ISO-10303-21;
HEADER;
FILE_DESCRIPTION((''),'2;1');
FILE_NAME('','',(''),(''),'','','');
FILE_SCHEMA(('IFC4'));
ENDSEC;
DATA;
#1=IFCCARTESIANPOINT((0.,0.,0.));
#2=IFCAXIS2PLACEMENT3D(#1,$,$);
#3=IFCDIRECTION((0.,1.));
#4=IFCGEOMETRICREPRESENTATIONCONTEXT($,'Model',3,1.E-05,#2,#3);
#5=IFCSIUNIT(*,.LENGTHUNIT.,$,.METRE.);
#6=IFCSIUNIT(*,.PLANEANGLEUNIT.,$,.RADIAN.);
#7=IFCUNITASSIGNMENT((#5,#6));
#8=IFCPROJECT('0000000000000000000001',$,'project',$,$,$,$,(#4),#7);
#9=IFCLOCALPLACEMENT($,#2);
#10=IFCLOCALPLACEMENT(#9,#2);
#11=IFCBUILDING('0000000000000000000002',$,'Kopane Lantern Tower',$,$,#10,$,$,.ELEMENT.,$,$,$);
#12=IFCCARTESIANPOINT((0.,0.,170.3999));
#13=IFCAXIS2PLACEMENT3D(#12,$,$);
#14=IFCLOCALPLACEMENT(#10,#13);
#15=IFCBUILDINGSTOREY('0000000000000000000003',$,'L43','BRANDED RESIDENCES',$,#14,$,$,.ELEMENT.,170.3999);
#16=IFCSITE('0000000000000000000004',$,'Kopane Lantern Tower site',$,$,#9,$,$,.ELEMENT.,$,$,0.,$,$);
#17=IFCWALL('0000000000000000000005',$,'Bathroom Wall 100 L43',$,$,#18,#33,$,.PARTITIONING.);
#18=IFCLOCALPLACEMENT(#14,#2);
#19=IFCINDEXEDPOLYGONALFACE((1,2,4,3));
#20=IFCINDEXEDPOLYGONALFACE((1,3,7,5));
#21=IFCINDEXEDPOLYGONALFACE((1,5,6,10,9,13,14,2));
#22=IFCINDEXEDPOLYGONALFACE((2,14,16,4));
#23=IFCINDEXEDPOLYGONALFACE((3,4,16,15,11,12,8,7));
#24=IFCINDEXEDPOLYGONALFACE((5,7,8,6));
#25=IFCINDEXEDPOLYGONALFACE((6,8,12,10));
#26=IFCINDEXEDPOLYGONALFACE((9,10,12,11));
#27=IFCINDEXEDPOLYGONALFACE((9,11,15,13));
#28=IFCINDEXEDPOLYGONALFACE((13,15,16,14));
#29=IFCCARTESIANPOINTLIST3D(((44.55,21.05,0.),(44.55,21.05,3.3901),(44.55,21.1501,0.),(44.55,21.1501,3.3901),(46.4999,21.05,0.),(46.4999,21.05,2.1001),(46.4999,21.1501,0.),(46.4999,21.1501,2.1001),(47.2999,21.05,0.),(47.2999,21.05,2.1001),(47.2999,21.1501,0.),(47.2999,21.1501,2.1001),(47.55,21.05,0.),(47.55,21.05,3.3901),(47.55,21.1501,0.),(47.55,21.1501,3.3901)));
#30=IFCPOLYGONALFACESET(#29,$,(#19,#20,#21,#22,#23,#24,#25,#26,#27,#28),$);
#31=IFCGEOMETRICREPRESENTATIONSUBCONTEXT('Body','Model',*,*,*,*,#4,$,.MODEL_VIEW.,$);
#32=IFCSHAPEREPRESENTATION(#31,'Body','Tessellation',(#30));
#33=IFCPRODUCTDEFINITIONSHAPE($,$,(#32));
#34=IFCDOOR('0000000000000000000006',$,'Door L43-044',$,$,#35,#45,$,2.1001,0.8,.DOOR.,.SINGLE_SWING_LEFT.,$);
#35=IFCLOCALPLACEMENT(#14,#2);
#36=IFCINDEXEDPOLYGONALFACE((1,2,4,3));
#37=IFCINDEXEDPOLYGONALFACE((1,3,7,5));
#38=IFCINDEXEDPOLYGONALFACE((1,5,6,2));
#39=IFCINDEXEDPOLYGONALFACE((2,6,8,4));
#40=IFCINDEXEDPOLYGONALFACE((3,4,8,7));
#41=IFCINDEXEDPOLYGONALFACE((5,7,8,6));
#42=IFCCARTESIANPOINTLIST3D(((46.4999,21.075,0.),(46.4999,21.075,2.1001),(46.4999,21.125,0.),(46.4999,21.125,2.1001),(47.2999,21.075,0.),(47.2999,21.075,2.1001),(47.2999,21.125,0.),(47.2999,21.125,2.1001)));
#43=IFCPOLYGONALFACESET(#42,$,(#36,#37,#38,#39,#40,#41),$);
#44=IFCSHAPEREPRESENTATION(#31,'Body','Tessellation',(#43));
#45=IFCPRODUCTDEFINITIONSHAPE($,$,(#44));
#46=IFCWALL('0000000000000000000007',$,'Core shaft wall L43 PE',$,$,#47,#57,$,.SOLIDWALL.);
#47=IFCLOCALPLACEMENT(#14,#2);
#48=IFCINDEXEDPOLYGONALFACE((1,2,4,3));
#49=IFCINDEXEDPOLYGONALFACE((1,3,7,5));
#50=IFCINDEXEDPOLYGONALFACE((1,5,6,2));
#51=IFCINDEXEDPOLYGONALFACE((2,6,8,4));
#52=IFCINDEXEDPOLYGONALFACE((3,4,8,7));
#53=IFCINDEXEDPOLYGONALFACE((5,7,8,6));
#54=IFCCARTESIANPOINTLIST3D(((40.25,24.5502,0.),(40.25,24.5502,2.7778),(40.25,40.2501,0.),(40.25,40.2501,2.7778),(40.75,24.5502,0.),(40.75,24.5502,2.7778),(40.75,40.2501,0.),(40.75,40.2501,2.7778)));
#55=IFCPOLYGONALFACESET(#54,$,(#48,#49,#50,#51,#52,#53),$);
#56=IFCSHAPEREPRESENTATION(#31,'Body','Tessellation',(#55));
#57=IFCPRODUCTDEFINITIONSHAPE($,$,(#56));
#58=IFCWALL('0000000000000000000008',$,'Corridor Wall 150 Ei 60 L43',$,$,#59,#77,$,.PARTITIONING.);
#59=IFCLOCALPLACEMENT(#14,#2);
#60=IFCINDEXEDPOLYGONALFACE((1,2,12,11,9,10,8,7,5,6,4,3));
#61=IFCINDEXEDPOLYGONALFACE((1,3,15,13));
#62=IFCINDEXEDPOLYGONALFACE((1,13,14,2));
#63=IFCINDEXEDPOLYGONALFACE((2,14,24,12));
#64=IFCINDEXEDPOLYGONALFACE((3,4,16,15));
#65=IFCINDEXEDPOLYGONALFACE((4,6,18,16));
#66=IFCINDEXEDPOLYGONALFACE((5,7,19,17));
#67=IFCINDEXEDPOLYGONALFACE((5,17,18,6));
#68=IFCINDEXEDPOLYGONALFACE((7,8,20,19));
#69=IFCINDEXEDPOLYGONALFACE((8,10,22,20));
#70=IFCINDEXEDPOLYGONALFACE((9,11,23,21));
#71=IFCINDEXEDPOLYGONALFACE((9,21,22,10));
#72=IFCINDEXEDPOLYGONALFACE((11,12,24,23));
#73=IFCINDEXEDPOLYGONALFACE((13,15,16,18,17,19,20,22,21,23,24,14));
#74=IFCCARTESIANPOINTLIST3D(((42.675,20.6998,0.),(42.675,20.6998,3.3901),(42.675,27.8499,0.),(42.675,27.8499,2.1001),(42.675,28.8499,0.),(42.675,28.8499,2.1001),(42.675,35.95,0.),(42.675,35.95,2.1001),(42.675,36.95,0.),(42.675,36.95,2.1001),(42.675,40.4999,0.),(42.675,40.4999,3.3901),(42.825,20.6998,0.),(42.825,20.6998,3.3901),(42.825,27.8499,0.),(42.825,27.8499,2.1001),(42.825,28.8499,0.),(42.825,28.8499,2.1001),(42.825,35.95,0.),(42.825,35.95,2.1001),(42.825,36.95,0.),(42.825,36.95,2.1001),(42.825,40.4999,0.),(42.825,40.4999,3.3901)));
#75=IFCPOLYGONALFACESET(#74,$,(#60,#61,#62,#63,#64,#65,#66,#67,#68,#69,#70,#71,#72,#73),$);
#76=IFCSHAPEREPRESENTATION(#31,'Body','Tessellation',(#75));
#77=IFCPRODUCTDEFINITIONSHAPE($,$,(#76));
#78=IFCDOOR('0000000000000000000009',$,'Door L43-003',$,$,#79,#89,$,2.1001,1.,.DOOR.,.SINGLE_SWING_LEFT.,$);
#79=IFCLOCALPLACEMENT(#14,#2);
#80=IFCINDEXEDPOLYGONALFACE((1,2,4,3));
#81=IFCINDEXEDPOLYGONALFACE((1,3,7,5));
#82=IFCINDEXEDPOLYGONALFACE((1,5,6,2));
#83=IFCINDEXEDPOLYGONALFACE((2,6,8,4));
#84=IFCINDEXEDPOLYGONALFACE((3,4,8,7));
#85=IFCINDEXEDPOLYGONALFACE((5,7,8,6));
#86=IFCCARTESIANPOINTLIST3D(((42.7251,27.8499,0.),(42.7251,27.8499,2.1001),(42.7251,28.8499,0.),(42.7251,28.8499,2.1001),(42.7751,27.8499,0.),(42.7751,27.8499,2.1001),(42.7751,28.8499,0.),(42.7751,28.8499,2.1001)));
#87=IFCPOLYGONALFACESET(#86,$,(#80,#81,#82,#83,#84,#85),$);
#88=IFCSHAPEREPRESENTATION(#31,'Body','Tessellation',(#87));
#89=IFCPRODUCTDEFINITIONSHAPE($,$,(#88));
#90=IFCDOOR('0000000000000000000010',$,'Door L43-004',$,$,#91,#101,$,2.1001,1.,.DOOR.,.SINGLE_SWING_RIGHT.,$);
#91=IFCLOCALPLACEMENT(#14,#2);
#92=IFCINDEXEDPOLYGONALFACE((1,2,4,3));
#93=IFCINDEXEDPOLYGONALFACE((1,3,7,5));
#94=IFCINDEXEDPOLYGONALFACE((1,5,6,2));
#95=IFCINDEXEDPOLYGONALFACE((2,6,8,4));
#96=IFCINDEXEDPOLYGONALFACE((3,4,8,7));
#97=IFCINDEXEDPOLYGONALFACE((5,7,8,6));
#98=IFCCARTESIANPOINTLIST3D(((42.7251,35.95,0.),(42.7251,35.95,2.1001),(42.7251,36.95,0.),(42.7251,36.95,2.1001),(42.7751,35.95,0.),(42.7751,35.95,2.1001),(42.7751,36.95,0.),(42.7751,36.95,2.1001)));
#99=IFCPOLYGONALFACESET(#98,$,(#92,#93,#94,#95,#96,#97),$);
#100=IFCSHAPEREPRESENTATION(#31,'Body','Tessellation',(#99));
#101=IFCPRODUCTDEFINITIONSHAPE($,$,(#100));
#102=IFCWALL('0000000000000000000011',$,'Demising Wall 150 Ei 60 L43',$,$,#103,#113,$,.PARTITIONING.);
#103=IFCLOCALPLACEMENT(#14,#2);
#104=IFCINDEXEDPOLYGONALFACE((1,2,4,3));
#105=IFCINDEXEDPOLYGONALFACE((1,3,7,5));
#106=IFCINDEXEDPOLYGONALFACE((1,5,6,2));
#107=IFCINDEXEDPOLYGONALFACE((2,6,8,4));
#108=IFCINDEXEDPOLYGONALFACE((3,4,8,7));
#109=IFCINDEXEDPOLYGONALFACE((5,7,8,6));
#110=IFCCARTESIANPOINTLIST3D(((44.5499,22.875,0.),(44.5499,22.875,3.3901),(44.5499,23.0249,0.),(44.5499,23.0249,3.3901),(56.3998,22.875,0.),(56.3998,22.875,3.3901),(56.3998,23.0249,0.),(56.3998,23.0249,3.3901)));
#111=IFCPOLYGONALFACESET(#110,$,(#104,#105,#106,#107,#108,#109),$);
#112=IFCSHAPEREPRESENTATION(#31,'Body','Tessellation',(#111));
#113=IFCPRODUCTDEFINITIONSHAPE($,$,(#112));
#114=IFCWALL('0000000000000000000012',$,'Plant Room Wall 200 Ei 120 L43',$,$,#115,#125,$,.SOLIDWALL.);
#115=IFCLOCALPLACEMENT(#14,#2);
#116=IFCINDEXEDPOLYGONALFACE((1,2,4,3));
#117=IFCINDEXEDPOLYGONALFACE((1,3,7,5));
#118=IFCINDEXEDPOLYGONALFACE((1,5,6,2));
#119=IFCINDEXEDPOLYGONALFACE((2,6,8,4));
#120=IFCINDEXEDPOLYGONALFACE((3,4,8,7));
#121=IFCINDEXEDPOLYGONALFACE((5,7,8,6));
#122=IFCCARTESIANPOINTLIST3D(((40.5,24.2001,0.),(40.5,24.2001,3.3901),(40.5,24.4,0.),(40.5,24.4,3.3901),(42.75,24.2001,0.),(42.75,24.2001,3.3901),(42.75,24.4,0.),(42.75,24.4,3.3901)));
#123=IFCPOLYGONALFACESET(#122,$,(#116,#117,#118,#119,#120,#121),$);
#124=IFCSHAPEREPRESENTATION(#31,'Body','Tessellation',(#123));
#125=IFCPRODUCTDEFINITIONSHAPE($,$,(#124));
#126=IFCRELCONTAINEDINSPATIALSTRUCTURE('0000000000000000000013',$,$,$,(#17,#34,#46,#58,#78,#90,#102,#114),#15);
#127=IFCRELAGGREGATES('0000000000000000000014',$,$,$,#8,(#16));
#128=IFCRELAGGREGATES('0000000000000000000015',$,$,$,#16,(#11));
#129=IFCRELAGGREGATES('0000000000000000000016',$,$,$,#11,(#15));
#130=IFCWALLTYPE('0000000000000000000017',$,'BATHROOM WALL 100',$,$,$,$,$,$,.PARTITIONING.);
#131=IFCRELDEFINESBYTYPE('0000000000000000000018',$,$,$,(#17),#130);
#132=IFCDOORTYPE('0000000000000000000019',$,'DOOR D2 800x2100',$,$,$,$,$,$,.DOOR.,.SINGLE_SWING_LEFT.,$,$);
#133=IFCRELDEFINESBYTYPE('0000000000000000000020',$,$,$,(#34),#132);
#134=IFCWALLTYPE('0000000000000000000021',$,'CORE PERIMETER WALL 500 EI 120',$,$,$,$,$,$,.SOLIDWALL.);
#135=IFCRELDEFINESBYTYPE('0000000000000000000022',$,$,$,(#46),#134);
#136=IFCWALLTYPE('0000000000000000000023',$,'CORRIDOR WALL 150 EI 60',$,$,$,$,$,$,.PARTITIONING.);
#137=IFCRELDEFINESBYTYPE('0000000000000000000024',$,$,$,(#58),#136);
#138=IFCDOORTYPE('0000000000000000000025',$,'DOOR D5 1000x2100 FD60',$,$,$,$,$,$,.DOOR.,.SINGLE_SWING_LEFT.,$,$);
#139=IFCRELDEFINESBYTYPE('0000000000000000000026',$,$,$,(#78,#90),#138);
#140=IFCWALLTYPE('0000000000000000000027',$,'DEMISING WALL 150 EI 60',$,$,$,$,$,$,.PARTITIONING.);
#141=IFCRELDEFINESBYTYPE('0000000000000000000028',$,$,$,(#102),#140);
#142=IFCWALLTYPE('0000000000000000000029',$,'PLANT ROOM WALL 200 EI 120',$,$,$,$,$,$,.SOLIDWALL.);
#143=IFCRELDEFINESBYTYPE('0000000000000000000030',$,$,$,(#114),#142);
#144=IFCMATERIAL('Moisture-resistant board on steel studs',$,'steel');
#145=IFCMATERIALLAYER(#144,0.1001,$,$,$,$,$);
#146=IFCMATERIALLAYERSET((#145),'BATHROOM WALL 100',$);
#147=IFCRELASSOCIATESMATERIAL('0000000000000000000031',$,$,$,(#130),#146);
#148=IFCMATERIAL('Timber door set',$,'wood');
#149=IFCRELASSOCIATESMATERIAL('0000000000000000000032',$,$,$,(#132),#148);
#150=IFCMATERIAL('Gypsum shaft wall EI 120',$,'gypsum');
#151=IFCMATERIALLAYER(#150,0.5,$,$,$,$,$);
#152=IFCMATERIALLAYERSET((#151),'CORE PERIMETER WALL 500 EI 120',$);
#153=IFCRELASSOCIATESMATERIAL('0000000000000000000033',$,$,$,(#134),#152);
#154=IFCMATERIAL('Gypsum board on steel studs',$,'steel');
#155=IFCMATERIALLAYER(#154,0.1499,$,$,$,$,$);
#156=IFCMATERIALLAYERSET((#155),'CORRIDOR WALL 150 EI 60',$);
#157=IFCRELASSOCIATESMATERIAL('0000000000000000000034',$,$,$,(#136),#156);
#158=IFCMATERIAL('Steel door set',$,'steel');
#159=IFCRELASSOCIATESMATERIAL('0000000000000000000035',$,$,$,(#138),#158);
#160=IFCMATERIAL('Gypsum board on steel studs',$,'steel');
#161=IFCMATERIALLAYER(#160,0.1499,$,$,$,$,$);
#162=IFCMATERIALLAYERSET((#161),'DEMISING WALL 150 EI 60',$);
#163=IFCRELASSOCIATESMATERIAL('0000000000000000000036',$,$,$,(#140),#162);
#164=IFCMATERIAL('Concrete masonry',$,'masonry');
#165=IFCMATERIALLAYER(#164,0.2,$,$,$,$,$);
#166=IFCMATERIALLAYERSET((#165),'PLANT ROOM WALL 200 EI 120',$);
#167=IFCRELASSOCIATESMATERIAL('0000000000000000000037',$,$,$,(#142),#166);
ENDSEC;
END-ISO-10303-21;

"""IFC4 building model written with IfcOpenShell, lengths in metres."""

from ifc_helpers import new_model, si_unit, direction, frame, frame_2d, origin, place, context, subcontext, project, spatial, rectangle, extrude, material, layer, layer_set, type_object, element, fill, save


model = new_model("IFC4")

# Units and contexts
model_context = context("Model", 3, precision=1e-05, world=origin(), true_north=direction((0.0, 1.0)))
body_context = subcontext(model_context, "Body", "Model", "MODEL_VIEW")
ifc_project = project(units=[si_unit("LENGTHUNIT", "METRE"), si_unit("PLANEANGLEUNIT", "RADIAN")], contexts=[model_context])

# Site, building, storey
site_placement = place(None, origin())
site = spatial("IfcSite", under=ifc_project, at=site_placement, Name="Kopane Lantern Tower site", CompositionType="ELEMENT", RefElevation=0.0)
building_placement = place(site_placement, origin())
building = spatial("IfcBuilding", under=site, at=building_placement, Name="Kopane Lantern Tower", CompositionType="ELEMENT")
storey_placement = place(building_placement, frame((0.0, 0.0, 170.3999)))
storey = spatial("IfcBuildingStorey", under=building, at=storey_placement, Name="L43", Description="BRANDED RESIDENCES", CompositionType="ELEMENT", Elevation=170.3999)

# Wall, opening, door
ifc_material_1 = material(Name="Moisture-resistant board on steel studs", Category="steel")
ifc_layer_1 = layer(ifc_material_1, 0.1001)
ifc_layer_set_1 = layer_set([ifc_layer_1], Name="BATHROOM WALL 100")
wall_type_1 = type_object("IfcWallType", Name="BATHROOM WALL 100", PredefinedType="PARTITIONING", material=ifc_layer_set_1)
wall_1_placement = place(storey_placement, frame((44.55, 21.1001, 0.0), z_axis=(0.0, 0.0, 1.0), x_axis=(1.0, 0.0, 0.0)))
wall_1 = element("IfcWall", 1, at=wall_1_placement, inside=storey, type_object=wall_type_1, Name="Bathroom Wall 100 L43", PredefinedType="PARTITIONING", context=body_context, shape_type="SweptSolid", body=[
    extrude(rectangle(XDim=3.0, YDim=0.1001, at=frame_2d((1.5, 0.0))), origin(), (0.0, 0.0, 1.0), 3.3901),
])
opening_1_placement = place(wall_1_placement, frame((1.95, 0.0, 0.0)))
opening_1 = element("IfcOpeningElement", 2, at=opening_1_placement, cuts=wall_1, PredefinedType="OPENING", context=body_context, shape_type="SweptSolid", body=[
    extrude(rectangle(XDim=0.8, YDim=2.1001, at=frame_2d((0.3999, 1.05))), frame((0.0, 0.0601, 0.0), z_axis=(0.0, -1.0, 0.0), x_axis=(1.0, 0.0, 0.0)), (0.0, 0.0, 1.0), 0.1201),
])
ifc_material_2 = material(Name="Timber door set", Category="wood")
door_type_1 = type_object("IfcDoorType", Name="DOOR D2 800x2100", OperationType="SINGLE_SWING_LEFT", PredefinedType="DOOR", material=ifc_material_2)
door_1_placement = place(opening_1_placement, origin())
door_1 = element("IfcDoor", 3, at=door_1_placement, inside=storey, type_object=door_type_1, Name="Door L43-044", OperationType="SINGLE_SWING_LEFT", OverallHeight=2.1001, OverallWidth=0.8, PredefinedType="DOOR", context=body_context, shape_type="SweptSolid", body=[
    extrude(rectangle(XDim=0.8, YDim=2.1001, at=frame_2d((0.3999, 1.05))), frame((0.0, 0.0249, 0.0), z_axis=(0.0, -1.0, 0.0), x_axis=(1.0, 0.0, 0.0)), (0.0, 0.0, 1.0), 0.05),
])
fill(opening_1, door_1)

# Wall
ifc_material_3 = material(Name="Gypsum shaft wall EI 120", Category="gypsum")
ifc_layer_2 = layer(ifc_material_3, 0.5)
ifc_layer_set_2 = layer_set([ifc_layer_2], Name="CORE PERIMETER WALL 500 EI 120")
wall_type_2 = type_object("IfcWallType", Name="CORE PERIMETER WALL 500 EI 120", PredefinedType="SOLIDWALL", material=ifc_layer_set_2)
wall_2_placement = place(storey_placement, frame((40.5, 24.55, 0.0), z_axis=(0.0, 0.0, 1.0), x_axis=(0.0, 1.0, 0.0)))
element("IfcWall", 4, at=wall_2_placement, inside=storey, type_object=wall_type_2, Name="Core shaft wall L43 PE", PredefinedType="SOLIDWALL", context=body_context, shape_type="SweptSolid", body=[
    extrude(rectangle(XDim=15.7, YDim=0.5, at=frame_2d((7.8501, 0.0))), origin(), (0.0, 0.0, 1.0), 2.7778),
])

# Wall, openings, doors
ifc_material_4 = material(Name="Gypsum board on steel studs", Category="steel")
ifc_layer_3 = layer(ifc_material_4, 0.1499)
ifc_layer_set_3 = layer_set([ifc_layer_3], Name="CORRIDOR WALL 150 EI 60")
wall_type_3 = type_object("IfcWallType", Name="CORRIDOR WALL 150 EI 60", PredefinedType="PARTITIONING", material=ifc_layer_set_3)
wall_3_placement = place(storey_placement, frame((42.75, 20.7, 0.0), z_axis=(0.0, 0.0, 1.0), x_axis=(0.0, 1.0, 0.0)))
wall_3 = element("IfcWall", 5, at=wall_3_placement, inside=storey, type_object=wall_type_3, Name="Corridor Wall 150 Ei 60 L43", PredefinedType="PARTITIONING", context=body_context, shape_type="SweptSolid", body=[
    extrude(rectangle(XDim=19.8, YDim=0.1499, at=frame_2d((9.8999, 0.0))), origin(), (0.0, 0.0, 1.0), 3.3901),
])
opening_2_placement = place(wall_3_placement, frame((7.1499, 0.0, 0.0)))
opening_2 = element("IfcOpeningElement", 6, at=opening_2_placement, cuts=wall_3, PredefinedType="OPENING", context=body_context, shape_type="SweptSolid", body=[
    extrude(rectangle(XDim=1.0, YDim=2.1001, at=frame_2d((0.5, 1.05))), frame((0.0, 0.085, 0.0), z_axis=(0.0, -1.0, 0.0), x_axis=(1.0, 0.0, 0.0)), (0.0, 0.0, 1.0), 0.1699),
])
opening_3_placement = place(wall_3_placement, frame((15.25, 0.0, 0.0)))
opening_3 = element("IfcOpeningElement", 7, at=opening_3_placement, cuts=wall_3, PredefinedType="OPENING", context=body_context, shape_type="SweptSolid", body=[
    extrude(rectangle(XDim=1.0, YDim=2.1001, at=frame_2d((0.5, 1.05))), frame((0.0, 0.085, 0.0), z_axis=(0.0, -1.0, 0.0), x_axis=(1.0, 0.0, 0.0)), (0.0, 0.0, 1.0), 0.1699),
])
ifc_material_5 = material(Name="Steel door set", Category="steel")
door_type_2 = type_object("IfcDoorType", Name="DOOR D5 1000x2100 FD60", OperationType="SINGLE_SWING_LEFT", PredefinedType="DOOR", material=ifc_material_5)
door_2_placement = place(opening_2_placement, origin())
door_2 = element("IfcDoor", 8, at=door_2_placement, inside=storey, type_object=door_type_2, Name="Door L43-003", OperationType="SINGLE_SWING_LEFT", OverallHeight=2.1001, OverallWidth=1.0, PredefinedType="DOOR", context=body_context, shape_type="SweptSolid", body=[
    extrude(rectangle(XDim=1.0, YDim=2.1001, at=frame_2d((0.5, 1.05))), frame((0.0, 0.0249, 0.0), z_axis=(0.0, -1.0, 0.0), x_axis=(1.0, 0.0, 0.0)), (0.0, 0.0, 1.0), 0.05),
])
fill(opening_2, door_2)
door_3_placement = place(opening_3_placement, origin())
door_3 = element("IfcDoor", 9, at=door_3_placement, inside=storey, type_object=door_type_2, Name="Door L43-004", OperationType="SINGLE_SWING_RIGHT", OverallHeight=2.1001, OverallWidth=1.0, PredefinedType="DOOR", context=body_context, shape_type="SweptSolid", body=[
    extrude(rectangle(XDim=1.0, YDim=2.1001, at=frame_2d((0.5, 1.05))), frame((0.0, 0.0249, 0.0), z_axis=(0.0, -1.0, 0.0), x_axis=(1.0, 0.0, 0.0)), (0.0, 0.0, 1.0), 0.05),
])
fill(opening_3, door_3)

# Walls
ifc_material_6 = material(Name="Gypsum board on steel studs", Category="steel")
ifc_layer_4 = layer(ifc_material_6, 0.1499)
ifc_layer_set_4 = layer_set([ifc_layer_4], Name="DEMISING WALL 150 EI 60")
wall_type_4 = type_object("IfcWallType", Name="DEMISING WALL 150 EI 60", PredefinedType="PARTITIONING", material=ifc_layer_set_4)
wall_4_placement = place(storey_placement, frame((44.55, 22.95, 0.0), z_axis=(0.0, 0.0, 1.0), x_axis=(1.0, 0.0, 0.0)))
element("IfcWall", 10, at=wall_4_placement, inside=storey, type_object=wall_type_4, Name="Demising Wall 150 Ei 60 L43", PredefinedType="PARTITIONING", context=body_context, shape_type="SweptSolid", body=[
    extrude(rectangle(XDim=11.8499, YDim=0.1499, at=frame_2d((5.9248, 0.0))), origin(), (0.0, 0.0, 1.0), 3.3901),
])
ifc_material_7 = material(Name="Concrete masonry", Category="masonry")
ifc_layer_5 = layer(ifc_material_7, 0.2)
ifc_layer_set_5 = layer_set([ifc_layer_5], Name="PLANT ROOM WALL 200 EI 120")
wall_type_5 = type_object("IfcWallType", Name="PLANT ROOM WALL 200 EI 120", PredefinedType="SOLIDWALL", material=ifc_layer_set_5)
wall_5_placement = place(storey_placement, frame((40.5, 24.3, 0.0), z_axis=(0.0, 0.0, 1.0), x_axis=(1.0, 0.0, 0.0)))
element("IfcWall", 11, at=wall_5_placement, inside=storey, type_object=wall_type_5, Name="Plant Room Wall 200 Ei 120 L43", PredefinedType="SOLIDWALL", context=body_context, shape_type="SweptSolid", body=[
    extrude(rectangle(XDim=2.25, YDim=0.2, at=frame_2d((1.125, 0.0))), origin(), (0.0, 0.0, 1.0), 3.3901),
])

save(model, "model.ifc")
